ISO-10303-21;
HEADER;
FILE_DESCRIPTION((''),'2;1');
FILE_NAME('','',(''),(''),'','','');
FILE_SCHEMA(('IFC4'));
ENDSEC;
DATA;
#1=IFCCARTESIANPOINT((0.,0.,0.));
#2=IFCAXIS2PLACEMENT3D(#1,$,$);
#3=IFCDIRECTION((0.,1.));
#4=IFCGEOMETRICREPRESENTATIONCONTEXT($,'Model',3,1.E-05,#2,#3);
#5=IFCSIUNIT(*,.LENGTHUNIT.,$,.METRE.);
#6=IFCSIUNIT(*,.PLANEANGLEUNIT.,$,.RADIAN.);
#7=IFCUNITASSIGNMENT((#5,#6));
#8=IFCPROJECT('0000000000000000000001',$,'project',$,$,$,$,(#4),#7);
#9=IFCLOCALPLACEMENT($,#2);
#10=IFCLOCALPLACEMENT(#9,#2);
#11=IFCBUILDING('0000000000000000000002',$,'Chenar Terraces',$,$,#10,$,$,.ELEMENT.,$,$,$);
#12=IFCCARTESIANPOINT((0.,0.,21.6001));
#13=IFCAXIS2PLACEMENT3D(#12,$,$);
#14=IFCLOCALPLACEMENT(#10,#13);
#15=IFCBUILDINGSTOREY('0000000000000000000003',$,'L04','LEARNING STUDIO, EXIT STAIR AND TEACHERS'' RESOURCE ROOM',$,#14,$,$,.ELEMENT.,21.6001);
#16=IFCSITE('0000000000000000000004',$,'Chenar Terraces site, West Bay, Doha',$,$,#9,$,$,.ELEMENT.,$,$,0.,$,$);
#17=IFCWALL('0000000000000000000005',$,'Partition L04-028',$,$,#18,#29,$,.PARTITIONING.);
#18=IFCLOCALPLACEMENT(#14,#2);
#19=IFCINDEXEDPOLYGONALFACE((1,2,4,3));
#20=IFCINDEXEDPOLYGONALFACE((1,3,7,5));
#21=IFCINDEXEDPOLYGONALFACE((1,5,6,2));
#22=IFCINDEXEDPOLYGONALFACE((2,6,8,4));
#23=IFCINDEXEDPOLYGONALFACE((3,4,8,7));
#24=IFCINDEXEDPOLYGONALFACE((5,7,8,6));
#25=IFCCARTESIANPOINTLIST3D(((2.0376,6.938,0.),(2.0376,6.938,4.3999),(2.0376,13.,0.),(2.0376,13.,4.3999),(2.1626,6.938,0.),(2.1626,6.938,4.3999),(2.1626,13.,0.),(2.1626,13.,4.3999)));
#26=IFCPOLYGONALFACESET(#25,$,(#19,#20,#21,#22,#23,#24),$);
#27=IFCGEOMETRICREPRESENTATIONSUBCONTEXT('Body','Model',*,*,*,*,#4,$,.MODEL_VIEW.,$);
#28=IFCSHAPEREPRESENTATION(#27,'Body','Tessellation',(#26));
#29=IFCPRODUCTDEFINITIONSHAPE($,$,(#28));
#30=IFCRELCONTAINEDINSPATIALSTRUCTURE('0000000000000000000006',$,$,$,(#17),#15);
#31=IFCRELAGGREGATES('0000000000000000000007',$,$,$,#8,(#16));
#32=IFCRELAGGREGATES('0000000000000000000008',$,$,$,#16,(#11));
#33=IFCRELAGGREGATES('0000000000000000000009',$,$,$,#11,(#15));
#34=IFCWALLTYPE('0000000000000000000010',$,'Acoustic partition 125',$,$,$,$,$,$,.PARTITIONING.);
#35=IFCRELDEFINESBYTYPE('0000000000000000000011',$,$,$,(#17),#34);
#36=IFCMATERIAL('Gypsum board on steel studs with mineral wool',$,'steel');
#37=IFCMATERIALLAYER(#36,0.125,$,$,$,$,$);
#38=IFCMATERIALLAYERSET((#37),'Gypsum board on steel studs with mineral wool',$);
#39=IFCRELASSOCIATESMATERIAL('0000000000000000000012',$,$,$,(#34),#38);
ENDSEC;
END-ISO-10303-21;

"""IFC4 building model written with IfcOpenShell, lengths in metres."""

from ifc_helpers import new_model, si_unit, direction, frame, frame_2d, origin, place, context, subcontext, project, spatial, rectangle, extrude, material, layer, layer_set, type_object, element, save


model = new_model("IFC4")

# Units and contexts
model_context = context("Model", 3, precision=1e-05, world=origin(), true_north=direction((0.0, 1.0)))
body_context = subcontext(model_context, "Body", "Model", "MODEL_VIEW")
ifc_project = project(units=[si_unit("LENGTHUNIT", "METRE"), si_unit("PLANEANGLEUNIT", "RADIAN")], contexts=[model_context])

# Site, building, storey
site_placement = place(None, origin())
site = spatial("IfcSite", under=ifc_project, at=site_placement, Name="Chenar Terraces site, West Bay, Doha", CompositionType="ELEMENT", RefElevation=0.0)
building_placement = place(site_placement, origin())
building = spatial("IfcBuilding", under=site, at=building_placement, Name="Chenar Terraces", CompositionType="ELEMENT")
storey_placement = place(building_placement, frame((0.0, 0.0, 21.6001)))
storey = spatial("IfcBuildingStorey", under=building, at=storey_placement, Name="L04", Description="LEARNING STUDIO, EXIT STAIR AND TEACHERS' RESOURCE ROOM", CompositionType="ELEMENT", Elevation=21.6001)

# Wall
ifc_material_1 = material(Name="Gypsum board on steel studs with mineral wool", Category="steel")
ifc_layer_1 = layer(ifc_material_1, 0.125)
ifc_layer_set_1 = layer_set([ifc_layer_1], Name="Gypsum board on steel studs with mineral wool")
wall_type_1 = type_object("IfcWallType", Name="Acoustic partition 125", PredefinedType="PARTITIONING", material=ifc_layer_set_1)
wall_1_placement = place(storey_placement, frame((2.1001, 6.938, 0.0), z_axis=(0.0, 0.0, 1.0), x_axis=(0.0, 1.0, 0.0)))
element("IfcWall", 1, at=wall_1_placement, inside=storey, type_object=wall_type_1, Name="Partition L04-028", PredefinedType="PARTITIONING", context=body_context, shape_type="SweptSolid", body=[
    extrude(rectangle(XDim=6.062, YDim=0.125, at=frame_2d((3.031, 0.0))), origin(), (0.0, 0.0, 1.0), 4.3999),
])

save(model, "model.ifc")
